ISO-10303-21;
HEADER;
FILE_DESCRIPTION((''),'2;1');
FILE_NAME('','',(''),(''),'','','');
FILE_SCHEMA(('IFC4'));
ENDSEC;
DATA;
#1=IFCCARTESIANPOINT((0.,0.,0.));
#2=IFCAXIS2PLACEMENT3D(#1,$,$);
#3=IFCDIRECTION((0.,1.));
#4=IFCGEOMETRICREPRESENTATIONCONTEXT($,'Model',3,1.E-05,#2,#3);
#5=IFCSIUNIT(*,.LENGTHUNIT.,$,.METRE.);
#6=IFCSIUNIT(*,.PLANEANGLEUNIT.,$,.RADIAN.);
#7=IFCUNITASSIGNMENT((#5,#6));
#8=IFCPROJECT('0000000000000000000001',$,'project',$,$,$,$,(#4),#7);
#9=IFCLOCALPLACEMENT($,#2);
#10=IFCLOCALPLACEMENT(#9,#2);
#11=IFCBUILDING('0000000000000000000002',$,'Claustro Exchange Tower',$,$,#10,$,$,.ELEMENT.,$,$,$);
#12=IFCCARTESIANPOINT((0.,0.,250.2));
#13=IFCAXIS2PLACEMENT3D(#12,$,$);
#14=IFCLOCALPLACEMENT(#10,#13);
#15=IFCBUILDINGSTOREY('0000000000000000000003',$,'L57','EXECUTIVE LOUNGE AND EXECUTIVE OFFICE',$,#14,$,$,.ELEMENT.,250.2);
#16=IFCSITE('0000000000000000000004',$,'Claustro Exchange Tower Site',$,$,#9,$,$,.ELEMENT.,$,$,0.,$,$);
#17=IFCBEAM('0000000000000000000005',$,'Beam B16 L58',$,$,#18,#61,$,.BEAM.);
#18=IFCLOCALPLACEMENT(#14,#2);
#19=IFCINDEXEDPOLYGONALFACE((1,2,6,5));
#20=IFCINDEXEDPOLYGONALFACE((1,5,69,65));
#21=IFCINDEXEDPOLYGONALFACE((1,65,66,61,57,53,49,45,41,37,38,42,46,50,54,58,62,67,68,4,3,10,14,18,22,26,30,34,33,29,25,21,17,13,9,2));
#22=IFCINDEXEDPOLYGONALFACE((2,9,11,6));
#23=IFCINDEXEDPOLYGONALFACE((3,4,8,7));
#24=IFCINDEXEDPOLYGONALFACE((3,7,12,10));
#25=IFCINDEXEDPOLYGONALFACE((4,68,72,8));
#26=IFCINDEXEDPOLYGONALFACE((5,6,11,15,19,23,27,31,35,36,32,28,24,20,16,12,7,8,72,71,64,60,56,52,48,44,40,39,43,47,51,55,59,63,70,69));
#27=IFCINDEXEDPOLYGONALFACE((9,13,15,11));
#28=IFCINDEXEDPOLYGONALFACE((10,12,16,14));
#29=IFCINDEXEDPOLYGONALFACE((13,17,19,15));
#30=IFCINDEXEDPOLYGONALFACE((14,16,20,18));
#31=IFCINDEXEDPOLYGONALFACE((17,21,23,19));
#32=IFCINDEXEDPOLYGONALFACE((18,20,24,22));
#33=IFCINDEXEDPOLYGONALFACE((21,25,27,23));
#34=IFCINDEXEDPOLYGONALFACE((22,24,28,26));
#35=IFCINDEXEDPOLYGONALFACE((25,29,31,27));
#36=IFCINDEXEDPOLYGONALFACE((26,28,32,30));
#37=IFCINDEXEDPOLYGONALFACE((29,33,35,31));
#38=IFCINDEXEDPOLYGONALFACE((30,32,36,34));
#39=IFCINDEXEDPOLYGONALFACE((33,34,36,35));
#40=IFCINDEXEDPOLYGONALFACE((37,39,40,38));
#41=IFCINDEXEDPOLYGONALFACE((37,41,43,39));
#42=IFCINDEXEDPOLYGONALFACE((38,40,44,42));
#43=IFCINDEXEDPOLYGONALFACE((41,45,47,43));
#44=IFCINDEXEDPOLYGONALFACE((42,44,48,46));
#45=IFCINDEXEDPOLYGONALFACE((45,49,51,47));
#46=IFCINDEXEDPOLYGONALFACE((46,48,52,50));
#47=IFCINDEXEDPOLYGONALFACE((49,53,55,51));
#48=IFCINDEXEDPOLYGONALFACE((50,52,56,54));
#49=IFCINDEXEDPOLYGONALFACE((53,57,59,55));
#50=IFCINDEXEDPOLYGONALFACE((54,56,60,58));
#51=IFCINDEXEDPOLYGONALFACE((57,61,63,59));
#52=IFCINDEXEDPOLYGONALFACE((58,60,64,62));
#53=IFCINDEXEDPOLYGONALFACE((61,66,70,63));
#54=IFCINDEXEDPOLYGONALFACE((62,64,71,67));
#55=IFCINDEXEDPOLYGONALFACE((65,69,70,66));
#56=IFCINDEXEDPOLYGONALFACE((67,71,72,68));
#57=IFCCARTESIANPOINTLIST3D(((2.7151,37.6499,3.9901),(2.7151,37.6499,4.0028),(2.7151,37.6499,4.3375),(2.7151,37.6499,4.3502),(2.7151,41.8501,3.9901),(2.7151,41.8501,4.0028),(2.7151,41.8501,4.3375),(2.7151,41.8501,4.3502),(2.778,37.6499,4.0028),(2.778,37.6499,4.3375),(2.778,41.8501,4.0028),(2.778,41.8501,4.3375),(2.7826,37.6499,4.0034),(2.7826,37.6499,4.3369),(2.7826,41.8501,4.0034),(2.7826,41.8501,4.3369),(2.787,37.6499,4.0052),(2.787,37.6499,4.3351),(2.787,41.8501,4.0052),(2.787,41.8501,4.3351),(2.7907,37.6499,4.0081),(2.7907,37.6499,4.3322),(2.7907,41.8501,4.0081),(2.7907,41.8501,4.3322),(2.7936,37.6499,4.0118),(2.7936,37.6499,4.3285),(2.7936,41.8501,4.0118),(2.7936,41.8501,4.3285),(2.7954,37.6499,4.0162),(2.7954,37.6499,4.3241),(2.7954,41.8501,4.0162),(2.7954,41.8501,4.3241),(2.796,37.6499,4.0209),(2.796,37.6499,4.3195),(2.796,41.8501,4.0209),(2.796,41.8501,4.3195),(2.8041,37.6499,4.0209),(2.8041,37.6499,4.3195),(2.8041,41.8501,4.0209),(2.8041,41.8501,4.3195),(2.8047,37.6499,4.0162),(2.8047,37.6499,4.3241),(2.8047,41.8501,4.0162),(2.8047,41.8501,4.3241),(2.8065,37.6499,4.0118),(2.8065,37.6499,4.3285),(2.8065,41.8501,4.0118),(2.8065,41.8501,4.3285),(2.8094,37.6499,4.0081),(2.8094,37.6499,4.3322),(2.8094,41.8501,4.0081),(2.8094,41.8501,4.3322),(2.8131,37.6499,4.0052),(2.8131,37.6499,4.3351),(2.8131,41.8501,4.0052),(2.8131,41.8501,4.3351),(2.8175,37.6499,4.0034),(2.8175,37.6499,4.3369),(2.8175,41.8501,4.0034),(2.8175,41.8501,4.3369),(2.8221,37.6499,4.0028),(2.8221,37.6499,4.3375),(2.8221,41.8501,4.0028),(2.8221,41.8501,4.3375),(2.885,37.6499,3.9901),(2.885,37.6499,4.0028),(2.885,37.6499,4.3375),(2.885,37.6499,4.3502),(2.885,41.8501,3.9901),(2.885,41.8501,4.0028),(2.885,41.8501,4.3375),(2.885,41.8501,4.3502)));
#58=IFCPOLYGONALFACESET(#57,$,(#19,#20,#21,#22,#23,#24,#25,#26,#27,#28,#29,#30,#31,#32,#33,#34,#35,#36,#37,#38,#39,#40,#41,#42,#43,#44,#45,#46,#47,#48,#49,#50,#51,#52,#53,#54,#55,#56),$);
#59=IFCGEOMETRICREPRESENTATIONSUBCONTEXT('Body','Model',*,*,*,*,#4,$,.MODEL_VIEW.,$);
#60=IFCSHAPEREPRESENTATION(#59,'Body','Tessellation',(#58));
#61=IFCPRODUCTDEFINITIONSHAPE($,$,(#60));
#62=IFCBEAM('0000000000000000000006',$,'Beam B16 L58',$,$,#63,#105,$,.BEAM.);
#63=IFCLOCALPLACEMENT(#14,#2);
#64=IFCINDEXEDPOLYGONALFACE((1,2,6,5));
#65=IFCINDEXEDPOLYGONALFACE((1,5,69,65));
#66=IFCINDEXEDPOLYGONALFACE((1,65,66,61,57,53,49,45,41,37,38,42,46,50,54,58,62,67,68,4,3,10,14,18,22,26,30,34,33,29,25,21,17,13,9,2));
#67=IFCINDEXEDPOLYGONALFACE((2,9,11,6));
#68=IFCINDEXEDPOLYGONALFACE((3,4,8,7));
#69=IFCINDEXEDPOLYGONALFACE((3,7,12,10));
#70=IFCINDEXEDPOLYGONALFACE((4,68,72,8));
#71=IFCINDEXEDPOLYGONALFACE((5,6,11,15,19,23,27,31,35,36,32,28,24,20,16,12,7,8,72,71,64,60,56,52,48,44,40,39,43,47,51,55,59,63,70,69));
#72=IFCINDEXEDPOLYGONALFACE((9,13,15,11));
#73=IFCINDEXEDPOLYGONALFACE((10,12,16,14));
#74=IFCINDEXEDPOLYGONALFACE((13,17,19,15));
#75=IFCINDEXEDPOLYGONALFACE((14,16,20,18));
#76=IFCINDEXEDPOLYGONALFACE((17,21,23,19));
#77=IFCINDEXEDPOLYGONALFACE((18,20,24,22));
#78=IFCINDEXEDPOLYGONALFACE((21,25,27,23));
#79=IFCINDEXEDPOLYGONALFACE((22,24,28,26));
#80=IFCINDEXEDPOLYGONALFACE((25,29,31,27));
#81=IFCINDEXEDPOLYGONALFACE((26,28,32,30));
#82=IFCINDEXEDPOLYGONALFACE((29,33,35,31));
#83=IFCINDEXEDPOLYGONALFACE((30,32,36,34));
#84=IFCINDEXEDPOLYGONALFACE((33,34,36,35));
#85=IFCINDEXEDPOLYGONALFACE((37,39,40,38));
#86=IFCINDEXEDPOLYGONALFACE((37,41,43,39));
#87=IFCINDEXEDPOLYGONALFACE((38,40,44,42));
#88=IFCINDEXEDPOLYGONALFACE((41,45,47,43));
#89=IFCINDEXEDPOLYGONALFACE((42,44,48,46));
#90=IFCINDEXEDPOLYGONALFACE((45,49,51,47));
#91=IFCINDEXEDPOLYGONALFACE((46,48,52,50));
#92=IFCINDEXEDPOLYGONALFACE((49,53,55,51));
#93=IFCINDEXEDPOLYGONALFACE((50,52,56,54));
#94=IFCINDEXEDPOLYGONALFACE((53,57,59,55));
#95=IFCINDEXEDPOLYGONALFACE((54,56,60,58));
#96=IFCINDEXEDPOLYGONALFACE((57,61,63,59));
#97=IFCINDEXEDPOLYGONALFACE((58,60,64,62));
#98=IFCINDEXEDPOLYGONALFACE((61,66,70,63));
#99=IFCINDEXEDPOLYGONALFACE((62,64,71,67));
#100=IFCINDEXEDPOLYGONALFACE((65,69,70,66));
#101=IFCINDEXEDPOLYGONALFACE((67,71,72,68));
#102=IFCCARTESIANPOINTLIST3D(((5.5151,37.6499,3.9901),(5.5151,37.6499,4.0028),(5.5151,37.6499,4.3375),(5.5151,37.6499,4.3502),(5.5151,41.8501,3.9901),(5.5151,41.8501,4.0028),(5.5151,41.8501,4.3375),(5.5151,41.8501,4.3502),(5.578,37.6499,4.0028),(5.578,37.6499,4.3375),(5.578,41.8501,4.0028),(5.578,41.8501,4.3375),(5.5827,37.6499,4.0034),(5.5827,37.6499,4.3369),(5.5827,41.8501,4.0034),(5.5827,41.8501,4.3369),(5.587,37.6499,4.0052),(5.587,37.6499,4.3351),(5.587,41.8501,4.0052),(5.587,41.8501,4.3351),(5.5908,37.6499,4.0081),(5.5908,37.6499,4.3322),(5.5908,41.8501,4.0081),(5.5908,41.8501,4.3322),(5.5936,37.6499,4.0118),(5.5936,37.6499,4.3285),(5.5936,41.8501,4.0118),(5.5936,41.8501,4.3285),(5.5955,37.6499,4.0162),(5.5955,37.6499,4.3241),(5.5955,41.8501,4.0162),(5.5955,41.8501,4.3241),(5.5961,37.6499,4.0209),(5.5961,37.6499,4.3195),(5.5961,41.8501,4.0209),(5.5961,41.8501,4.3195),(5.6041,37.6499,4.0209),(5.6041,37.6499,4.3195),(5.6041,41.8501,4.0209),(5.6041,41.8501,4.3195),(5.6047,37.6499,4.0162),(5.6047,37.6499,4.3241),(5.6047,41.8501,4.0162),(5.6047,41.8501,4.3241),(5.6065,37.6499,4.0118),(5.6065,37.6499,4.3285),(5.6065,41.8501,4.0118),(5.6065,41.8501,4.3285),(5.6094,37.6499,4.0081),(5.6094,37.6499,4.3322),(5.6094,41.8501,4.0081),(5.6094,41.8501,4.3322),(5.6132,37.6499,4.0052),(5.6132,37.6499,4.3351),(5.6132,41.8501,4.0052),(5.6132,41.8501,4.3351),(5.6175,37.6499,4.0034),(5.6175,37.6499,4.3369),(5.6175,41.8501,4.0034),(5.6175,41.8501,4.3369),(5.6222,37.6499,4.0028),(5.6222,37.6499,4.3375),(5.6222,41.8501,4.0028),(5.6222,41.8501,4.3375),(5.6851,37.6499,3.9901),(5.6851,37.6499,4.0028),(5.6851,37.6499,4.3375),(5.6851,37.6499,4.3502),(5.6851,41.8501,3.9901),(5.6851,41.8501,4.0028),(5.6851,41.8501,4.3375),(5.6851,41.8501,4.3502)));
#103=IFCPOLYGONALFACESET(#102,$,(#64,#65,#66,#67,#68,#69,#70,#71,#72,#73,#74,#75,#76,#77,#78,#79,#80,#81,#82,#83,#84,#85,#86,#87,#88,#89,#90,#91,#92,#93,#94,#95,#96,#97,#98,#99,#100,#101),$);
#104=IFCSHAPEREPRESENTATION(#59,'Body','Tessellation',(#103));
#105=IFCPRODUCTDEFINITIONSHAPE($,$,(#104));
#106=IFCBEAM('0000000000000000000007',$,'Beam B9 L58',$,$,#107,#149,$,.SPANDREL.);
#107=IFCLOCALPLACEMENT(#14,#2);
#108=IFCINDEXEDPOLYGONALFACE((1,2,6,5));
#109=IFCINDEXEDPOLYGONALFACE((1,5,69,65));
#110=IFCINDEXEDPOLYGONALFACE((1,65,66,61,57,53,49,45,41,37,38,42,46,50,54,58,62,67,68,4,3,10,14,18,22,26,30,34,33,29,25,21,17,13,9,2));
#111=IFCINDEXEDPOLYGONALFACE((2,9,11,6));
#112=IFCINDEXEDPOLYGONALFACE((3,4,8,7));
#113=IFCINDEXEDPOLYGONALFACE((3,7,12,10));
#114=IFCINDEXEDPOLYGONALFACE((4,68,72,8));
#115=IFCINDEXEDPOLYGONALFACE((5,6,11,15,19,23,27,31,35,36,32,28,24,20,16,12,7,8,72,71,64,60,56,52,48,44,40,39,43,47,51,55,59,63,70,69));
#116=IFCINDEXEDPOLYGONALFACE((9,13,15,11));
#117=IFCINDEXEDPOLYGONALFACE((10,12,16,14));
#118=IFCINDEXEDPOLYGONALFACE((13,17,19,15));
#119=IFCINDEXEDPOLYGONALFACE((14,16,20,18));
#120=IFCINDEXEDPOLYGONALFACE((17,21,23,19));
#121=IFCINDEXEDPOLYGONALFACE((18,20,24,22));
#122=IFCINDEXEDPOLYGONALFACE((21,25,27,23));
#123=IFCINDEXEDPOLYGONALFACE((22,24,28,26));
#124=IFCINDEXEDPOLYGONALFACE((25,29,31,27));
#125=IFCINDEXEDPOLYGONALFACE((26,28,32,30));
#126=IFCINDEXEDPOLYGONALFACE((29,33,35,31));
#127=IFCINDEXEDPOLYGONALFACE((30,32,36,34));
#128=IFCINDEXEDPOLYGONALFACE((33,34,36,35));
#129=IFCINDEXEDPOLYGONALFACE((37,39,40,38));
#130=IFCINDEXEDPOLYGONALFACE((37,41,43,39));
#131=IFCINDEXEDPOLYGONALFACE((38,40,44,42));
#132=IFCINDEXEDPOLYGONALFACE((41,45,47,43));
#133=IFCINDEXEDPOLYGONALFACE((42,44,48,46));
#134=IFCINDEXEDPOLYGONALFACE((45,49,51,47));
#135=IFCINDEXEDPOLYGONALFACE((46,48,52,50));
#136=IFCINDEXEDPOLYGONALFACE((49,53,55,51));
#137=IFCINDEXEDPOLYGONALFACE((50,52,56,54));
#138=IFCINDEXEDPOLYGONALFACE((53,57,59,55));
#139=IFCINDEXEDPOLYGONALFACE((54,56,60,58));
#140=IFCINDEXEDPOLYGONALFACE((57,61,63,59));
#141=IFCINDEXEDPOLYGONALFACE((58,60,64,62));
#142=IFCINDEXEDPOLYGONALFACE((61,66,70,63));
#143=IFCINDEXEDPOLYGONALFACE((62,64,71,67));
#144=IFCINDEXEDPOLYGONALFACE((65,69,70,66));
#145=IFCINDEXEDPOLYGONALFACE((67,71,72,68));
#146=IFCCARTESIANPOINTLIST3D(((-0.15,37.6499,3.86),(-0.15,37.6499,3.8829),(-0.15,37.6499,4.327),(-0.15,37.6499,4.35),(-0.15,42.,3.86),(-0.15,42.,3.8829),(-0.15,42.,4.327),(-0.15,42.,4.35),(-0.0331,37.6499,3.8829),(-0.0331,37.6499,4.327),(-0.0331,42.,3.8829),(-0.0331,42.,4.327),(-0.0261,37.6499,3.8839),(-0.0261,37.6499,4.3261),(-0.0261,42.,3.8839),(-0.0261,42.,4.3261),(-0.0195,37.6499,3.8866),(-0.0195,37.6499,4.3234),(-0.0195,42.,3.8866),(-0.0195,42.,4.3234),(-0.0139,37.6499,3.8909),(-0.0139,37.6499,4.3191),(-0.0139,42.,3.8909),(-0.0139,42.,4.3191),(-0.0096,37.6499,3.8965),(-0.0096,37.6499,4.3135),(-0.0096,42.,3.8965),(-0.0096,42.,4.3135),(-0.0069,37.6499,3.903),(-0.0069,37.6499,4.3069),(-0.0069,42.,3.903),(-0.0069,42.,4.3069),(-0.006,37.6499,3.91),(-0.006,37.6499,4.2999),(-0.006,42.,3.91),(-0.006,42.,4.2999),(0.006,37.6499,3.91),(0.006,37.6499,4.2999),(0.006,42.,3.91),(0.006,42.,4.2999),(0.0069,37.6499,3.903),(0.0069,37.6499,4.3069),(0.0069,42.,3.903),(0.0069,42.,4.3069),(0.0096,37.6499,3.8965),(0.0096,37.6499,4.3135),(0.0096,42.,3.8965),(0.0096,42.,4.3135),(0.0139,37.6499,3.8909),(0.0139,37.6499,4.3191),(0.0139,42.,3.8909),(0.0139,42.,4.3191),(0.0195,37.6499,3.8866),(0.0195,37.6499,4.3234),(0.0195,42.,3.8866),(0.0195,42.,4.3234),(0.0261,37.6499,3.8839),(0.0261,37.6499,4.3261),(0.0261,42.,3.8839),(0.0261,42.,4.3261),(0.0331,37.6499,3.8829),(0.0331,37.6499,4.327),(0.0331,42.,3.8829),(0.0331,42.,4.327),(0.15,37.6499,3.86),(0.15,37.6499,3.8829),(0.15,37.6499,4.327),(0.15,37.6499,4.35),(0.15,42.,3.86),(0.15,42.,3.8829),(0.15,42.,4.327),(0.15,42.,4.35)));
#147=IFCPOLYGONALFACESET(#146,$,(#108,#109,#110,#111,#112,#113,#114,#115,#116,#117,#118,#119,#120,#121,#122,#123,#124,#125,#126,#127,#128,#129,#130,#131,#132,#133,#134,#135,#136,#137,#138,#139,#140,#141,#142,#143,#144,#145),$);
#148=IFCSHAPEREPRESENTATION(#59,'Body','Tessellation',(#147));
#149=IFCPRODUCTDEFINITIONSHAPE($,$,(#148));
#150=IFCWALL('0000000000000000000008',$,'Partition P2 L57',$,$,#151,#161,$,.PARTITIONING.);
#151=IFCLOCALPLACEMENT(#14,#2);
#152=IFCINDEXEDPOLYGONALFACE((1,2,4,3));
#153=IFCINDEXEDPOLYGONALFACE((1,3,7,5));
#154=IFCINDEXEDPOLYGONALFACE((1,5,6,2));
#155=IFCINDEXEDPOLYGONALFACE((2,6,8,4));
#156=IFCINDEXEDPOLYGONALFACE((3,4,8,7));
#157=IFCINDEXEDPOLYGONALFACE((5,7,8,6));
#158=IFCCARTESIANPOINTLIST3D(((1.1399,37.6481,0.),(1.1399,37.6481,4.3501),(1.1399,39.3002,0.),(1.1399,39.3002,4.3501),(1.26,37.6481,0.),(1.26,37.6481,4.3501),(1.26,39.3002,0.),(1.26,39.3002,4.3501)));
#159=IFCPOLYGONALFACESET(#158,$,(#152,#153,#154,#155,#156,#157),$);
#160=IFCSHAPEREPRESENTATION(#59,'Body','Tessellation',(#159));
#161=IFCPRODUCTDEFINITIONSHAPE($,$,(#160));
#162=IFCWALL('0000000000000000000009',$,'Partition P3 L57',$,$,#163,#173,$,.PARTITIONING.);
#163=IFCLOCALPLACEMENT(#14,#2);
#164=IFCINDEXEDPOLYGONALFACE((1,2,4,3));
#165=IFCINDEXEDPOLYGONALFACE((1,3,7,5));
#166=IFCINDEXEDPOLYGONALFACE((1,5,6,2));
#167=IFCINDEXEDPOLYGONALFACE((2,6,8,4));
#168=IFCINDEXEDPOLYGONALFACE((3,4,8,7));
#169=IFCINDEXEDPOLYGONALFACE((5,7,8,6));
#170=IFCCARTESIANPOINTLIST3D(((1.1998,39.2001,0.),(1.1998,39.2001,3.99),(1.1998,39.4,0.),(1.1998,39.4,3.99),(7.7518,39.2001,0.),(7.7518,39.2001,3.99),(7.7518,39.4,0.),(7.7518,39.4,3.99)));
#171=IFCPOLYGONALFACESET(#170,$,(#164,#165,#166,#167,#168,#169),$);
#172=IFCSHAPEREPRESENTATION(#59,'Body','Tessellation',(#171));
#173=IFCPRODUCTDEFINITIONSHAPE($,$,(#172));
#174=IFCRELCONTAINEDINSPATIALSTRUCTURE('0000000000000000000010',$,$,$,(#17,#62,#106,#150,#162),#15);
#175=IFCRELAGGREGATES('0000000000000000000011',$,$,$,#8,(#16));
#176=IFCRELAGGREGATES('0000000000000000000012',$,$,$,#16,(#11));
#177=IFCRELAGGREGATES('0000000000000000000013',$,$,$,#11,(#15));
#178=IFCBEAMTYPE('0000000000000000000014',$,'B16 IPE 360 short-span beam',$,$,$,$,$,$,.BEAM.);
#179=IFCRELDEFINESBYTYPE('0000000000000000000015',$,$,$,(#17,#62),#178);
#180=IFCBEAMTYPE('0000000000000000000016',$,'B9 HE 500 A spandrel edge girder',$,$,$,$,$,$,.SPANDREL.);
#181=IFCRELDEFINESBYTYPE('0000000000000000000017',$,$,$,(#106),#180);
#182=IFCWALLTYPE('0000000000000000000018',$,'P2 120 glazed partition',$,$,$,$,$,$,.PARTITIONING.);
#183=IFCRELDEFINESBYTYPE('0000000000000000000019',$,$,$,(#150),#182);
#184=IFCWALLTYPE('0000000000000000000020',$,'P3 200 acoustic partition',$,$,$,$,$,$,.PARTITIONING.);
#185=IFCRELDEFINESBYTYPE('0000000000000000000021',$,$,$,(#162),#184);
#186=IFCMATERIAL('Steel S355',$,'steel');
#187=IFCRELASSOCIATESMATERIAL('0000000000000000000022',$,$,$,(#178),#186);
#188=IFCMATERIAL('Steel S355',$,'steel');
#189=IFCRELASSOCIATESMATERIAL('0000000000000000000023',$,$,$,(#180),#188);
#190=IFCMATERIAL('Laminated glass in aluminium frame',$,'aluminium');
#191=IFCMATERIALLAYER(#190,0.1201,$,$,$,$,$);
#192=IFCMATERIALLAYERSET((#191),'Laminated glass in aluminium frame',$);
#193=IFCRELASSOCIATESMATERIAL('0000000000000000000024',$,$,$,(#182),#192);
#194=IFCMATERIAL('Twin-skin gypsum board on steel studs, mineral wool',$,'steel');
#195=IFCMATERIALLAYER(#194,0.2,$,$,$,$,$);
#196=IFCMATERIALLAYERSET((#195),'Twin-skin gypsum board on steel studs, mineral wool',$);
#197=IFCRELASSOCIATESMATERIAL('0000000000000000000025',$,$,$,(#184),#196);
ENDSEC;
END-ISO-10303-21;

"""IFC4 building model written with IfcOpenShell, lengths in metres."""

from ifc_helpers import new_model, si_unit, direction, frame, frame_2d, origin, origin_2d, place, context, subcontext, project, spatial, rectangle, i_section, extrude, material, layer, layer_set, material_profile, profile_set, type_object, element, save


model = new_model("IFC4")

# Units and contexts
model_context = context("Model", 3, precision=1e-05, world=origin(), true_north=direction((0.0, 1.0)))
body_context = subcontext(model_context, "Body", "Model", "MODEL_VIEW")
ifc_project = project(units=[si_unit("LENGTHUNIT", "METRE"), si_unit("PLANEANGLEUNIT", "RADIAN")], contexts=[model_context])

# Site, building, storey
site_placement = place(None, origin())
site = spatial("IfcSite", under=ifc_project, at=site_placement, Name="Claustro Exchange Tower Site", CompositionType="ELEMENT", RefElevation=0.0)
building_placement = place(site_placement, origin())
building = spatial("IfcBuilding", under=site, at=building_placement, Name="Claustro Exchange Tower", CompositionType="ELEMENT")
storey_placement = place(building_placement, frame((0.0, 0.0, 250.2)))
storey = spatial("IfcBuildingStorey", under=building, at=storey_placement, Name="L57", Description="EXECUTIVE LOUNGE AND EXECUTIVE OFFICE", CompositionType="ELEMENT", Elevation=250.2)

# Beams
ifc_material_1 = material(Name="Steel S355", Category="steel")
ifc_material_profile_1 = material_profile(ifc_material_1, i_section(OverallWidth=0.1699, OverallDepth=0.3601, WebThickness=0.0081, FlangeThickness=0.0127, FilletRadius=0.0181, at=origin_2d()), Name="IPE 360")
ifc_profile_set_1 = profile_set([ifc_material_profile_1], Name="Steel S355")
beam_type_1 = type_object("IfcBeamType", Name="B16 IPE 360 short-span beam", PredefinedType="BEAM", material=ifc_profile_set_1)
for number, where, z_axis, x_axis, name in (
    (1, (2.8, 37.6499, 4.1702), (0.0, 1.0, 0.0), (-1.0, 0.0, 0.0), "Beam B16 L58"),
    (2, (5.6001, 37.6499, 4.1702), (0.0, 1.0, 0.0), (-1.0, 0.0, 0.0), "Beam B16 L58"),
):
    element("IfcBeam", number, at=place(storey_placement, frame(where, z_axis=z_axis, x_axis=x_axis)), inside=storey, type_object=beam_type_1, Name=name, PredefinedType="BEAM", context=body_context, shape_type="SweptSolid", body=[
        extrude(i_section(OverallWidth=0.1699, OverallDepth=0.3601, WebThickness=0.0081, FlangeThickness=0.0127, FilletRadius=0.0181, at=origin_2d()), origin(), (0.0, 0.0, 1.0), 4.2002),
    ])
ifc_material_2 = material(Name="Steel S355", Category="steel")
ifc_material_profile_2 = material_profile(ifc_material_2, i_section(OverallWidth=0.3, OverallDepth=0.49, WebThickness=0.012, FlangeThickness=0.0229, FilletRadius=0.0271, at=origin_2d()), Name="HE 500 A")
ifc_profile_set_2 = profile_set([ifc_material_profile_2], Name="Steel S355")
beam_type_2 = type_object("IfcBeamType", Name="B9 HE 500 A spandrel edge girder", PredefinedType="SPANDREL", material=ifc_profile_set_2)
beam_placement = place(storey_placement, frame((0.0, 37.6499, 4.105), z_axis=(0.0, 1.0, 0.0), x_axis=(-1.0, 0.0, 0.0)))
element("IfcBeam", 3, at=beam_placement, inside=storey, type_object=beam_type_2, Name="Beam B9 L58", PredefinedType="SPANDREL", context=body_context, shape_type="SweptSolid", body=[
    extrude(i_section(OverallWidth=0.3, OverallDepth=0.49, WebThickness=0.012, FlangeThickness=0.0229, FilletRadius=0.0271, at=origin_2d()), origin(), (0.0, 0.0, 1.0), 4.3501),
])

# Walls
ifc_material_3 = material(Name="Laminated glass in aluminium frame", Category="aluminium")
ifc_layer_1 = layer(ifc_material_3, 0.1201)
ifc_layer_set_1 = layer_set([ifc_layer_1], Name="Laminated glass in aluminium frame")
wall_type_1 = type_object("IfcWallType", Name="P2 120 glazed partition", PredefinedType="PARTITIONING", material=ifc_layer_set_1)
wall_1_placement = place(storey_placement, frame((1.2, 37.6479, 0.0), z_axis=(0.0, 0.0, 1.0), x_axis=(0.0, 1.0, 0.0)))
element("IfcWall", 4, at=wall_1_placement, inside=storey, type_object=wall_type_1, Name="Partition P2 L57", PredefinedType="PARTITIONING", context=body_context, shape_type="SweptSolid", body=[
    extrude(rectangle(XDim=1.6521, YDim=0.1201, at=frame_2d((0.8262, 0.0))), origin(), (0.0, 0.0, 1.0), 4.3501),
])
ifc_material_4 = material(Name="Twin-skin gypsum board on steel studs, mineral wool", Category="steel")
ifc_layer_2 = layer(ifc_material_4, 0.2)
ifc_layer_set_2 = layer_set([ifc_layer_2], Name="Twin-skin gypsum board on steel studs, mineral wool")
wall_type_2 = type_object("IfcWallType", Name="P3 200 acoustic partition", PredefinedType="PARTITIONING", material=ifc_layer_set_2)
wall_2_placement = place(storey_placement, frame((1.2, 39.3, 0.0), z_axis=(0.0, 0.0, 1.0), x_axis=(1.0, 0.0, 0.0)))
element("IfcWall", 5, at=wall_2_placement, inside=storey, type_object=wall_type_2, Name="Partition P3 L57", PredefinedType="PARTITIONING", context=body_context, shape_type="SweptSolid", body=[
    extrude(rectangle(XDim=6.552, YDim=0.2, at=frame_2d((3.2759, 0.0))), origin(), (0.0, 0.0, 1.0), 3.99),
])

save(model, "model.ifc")
